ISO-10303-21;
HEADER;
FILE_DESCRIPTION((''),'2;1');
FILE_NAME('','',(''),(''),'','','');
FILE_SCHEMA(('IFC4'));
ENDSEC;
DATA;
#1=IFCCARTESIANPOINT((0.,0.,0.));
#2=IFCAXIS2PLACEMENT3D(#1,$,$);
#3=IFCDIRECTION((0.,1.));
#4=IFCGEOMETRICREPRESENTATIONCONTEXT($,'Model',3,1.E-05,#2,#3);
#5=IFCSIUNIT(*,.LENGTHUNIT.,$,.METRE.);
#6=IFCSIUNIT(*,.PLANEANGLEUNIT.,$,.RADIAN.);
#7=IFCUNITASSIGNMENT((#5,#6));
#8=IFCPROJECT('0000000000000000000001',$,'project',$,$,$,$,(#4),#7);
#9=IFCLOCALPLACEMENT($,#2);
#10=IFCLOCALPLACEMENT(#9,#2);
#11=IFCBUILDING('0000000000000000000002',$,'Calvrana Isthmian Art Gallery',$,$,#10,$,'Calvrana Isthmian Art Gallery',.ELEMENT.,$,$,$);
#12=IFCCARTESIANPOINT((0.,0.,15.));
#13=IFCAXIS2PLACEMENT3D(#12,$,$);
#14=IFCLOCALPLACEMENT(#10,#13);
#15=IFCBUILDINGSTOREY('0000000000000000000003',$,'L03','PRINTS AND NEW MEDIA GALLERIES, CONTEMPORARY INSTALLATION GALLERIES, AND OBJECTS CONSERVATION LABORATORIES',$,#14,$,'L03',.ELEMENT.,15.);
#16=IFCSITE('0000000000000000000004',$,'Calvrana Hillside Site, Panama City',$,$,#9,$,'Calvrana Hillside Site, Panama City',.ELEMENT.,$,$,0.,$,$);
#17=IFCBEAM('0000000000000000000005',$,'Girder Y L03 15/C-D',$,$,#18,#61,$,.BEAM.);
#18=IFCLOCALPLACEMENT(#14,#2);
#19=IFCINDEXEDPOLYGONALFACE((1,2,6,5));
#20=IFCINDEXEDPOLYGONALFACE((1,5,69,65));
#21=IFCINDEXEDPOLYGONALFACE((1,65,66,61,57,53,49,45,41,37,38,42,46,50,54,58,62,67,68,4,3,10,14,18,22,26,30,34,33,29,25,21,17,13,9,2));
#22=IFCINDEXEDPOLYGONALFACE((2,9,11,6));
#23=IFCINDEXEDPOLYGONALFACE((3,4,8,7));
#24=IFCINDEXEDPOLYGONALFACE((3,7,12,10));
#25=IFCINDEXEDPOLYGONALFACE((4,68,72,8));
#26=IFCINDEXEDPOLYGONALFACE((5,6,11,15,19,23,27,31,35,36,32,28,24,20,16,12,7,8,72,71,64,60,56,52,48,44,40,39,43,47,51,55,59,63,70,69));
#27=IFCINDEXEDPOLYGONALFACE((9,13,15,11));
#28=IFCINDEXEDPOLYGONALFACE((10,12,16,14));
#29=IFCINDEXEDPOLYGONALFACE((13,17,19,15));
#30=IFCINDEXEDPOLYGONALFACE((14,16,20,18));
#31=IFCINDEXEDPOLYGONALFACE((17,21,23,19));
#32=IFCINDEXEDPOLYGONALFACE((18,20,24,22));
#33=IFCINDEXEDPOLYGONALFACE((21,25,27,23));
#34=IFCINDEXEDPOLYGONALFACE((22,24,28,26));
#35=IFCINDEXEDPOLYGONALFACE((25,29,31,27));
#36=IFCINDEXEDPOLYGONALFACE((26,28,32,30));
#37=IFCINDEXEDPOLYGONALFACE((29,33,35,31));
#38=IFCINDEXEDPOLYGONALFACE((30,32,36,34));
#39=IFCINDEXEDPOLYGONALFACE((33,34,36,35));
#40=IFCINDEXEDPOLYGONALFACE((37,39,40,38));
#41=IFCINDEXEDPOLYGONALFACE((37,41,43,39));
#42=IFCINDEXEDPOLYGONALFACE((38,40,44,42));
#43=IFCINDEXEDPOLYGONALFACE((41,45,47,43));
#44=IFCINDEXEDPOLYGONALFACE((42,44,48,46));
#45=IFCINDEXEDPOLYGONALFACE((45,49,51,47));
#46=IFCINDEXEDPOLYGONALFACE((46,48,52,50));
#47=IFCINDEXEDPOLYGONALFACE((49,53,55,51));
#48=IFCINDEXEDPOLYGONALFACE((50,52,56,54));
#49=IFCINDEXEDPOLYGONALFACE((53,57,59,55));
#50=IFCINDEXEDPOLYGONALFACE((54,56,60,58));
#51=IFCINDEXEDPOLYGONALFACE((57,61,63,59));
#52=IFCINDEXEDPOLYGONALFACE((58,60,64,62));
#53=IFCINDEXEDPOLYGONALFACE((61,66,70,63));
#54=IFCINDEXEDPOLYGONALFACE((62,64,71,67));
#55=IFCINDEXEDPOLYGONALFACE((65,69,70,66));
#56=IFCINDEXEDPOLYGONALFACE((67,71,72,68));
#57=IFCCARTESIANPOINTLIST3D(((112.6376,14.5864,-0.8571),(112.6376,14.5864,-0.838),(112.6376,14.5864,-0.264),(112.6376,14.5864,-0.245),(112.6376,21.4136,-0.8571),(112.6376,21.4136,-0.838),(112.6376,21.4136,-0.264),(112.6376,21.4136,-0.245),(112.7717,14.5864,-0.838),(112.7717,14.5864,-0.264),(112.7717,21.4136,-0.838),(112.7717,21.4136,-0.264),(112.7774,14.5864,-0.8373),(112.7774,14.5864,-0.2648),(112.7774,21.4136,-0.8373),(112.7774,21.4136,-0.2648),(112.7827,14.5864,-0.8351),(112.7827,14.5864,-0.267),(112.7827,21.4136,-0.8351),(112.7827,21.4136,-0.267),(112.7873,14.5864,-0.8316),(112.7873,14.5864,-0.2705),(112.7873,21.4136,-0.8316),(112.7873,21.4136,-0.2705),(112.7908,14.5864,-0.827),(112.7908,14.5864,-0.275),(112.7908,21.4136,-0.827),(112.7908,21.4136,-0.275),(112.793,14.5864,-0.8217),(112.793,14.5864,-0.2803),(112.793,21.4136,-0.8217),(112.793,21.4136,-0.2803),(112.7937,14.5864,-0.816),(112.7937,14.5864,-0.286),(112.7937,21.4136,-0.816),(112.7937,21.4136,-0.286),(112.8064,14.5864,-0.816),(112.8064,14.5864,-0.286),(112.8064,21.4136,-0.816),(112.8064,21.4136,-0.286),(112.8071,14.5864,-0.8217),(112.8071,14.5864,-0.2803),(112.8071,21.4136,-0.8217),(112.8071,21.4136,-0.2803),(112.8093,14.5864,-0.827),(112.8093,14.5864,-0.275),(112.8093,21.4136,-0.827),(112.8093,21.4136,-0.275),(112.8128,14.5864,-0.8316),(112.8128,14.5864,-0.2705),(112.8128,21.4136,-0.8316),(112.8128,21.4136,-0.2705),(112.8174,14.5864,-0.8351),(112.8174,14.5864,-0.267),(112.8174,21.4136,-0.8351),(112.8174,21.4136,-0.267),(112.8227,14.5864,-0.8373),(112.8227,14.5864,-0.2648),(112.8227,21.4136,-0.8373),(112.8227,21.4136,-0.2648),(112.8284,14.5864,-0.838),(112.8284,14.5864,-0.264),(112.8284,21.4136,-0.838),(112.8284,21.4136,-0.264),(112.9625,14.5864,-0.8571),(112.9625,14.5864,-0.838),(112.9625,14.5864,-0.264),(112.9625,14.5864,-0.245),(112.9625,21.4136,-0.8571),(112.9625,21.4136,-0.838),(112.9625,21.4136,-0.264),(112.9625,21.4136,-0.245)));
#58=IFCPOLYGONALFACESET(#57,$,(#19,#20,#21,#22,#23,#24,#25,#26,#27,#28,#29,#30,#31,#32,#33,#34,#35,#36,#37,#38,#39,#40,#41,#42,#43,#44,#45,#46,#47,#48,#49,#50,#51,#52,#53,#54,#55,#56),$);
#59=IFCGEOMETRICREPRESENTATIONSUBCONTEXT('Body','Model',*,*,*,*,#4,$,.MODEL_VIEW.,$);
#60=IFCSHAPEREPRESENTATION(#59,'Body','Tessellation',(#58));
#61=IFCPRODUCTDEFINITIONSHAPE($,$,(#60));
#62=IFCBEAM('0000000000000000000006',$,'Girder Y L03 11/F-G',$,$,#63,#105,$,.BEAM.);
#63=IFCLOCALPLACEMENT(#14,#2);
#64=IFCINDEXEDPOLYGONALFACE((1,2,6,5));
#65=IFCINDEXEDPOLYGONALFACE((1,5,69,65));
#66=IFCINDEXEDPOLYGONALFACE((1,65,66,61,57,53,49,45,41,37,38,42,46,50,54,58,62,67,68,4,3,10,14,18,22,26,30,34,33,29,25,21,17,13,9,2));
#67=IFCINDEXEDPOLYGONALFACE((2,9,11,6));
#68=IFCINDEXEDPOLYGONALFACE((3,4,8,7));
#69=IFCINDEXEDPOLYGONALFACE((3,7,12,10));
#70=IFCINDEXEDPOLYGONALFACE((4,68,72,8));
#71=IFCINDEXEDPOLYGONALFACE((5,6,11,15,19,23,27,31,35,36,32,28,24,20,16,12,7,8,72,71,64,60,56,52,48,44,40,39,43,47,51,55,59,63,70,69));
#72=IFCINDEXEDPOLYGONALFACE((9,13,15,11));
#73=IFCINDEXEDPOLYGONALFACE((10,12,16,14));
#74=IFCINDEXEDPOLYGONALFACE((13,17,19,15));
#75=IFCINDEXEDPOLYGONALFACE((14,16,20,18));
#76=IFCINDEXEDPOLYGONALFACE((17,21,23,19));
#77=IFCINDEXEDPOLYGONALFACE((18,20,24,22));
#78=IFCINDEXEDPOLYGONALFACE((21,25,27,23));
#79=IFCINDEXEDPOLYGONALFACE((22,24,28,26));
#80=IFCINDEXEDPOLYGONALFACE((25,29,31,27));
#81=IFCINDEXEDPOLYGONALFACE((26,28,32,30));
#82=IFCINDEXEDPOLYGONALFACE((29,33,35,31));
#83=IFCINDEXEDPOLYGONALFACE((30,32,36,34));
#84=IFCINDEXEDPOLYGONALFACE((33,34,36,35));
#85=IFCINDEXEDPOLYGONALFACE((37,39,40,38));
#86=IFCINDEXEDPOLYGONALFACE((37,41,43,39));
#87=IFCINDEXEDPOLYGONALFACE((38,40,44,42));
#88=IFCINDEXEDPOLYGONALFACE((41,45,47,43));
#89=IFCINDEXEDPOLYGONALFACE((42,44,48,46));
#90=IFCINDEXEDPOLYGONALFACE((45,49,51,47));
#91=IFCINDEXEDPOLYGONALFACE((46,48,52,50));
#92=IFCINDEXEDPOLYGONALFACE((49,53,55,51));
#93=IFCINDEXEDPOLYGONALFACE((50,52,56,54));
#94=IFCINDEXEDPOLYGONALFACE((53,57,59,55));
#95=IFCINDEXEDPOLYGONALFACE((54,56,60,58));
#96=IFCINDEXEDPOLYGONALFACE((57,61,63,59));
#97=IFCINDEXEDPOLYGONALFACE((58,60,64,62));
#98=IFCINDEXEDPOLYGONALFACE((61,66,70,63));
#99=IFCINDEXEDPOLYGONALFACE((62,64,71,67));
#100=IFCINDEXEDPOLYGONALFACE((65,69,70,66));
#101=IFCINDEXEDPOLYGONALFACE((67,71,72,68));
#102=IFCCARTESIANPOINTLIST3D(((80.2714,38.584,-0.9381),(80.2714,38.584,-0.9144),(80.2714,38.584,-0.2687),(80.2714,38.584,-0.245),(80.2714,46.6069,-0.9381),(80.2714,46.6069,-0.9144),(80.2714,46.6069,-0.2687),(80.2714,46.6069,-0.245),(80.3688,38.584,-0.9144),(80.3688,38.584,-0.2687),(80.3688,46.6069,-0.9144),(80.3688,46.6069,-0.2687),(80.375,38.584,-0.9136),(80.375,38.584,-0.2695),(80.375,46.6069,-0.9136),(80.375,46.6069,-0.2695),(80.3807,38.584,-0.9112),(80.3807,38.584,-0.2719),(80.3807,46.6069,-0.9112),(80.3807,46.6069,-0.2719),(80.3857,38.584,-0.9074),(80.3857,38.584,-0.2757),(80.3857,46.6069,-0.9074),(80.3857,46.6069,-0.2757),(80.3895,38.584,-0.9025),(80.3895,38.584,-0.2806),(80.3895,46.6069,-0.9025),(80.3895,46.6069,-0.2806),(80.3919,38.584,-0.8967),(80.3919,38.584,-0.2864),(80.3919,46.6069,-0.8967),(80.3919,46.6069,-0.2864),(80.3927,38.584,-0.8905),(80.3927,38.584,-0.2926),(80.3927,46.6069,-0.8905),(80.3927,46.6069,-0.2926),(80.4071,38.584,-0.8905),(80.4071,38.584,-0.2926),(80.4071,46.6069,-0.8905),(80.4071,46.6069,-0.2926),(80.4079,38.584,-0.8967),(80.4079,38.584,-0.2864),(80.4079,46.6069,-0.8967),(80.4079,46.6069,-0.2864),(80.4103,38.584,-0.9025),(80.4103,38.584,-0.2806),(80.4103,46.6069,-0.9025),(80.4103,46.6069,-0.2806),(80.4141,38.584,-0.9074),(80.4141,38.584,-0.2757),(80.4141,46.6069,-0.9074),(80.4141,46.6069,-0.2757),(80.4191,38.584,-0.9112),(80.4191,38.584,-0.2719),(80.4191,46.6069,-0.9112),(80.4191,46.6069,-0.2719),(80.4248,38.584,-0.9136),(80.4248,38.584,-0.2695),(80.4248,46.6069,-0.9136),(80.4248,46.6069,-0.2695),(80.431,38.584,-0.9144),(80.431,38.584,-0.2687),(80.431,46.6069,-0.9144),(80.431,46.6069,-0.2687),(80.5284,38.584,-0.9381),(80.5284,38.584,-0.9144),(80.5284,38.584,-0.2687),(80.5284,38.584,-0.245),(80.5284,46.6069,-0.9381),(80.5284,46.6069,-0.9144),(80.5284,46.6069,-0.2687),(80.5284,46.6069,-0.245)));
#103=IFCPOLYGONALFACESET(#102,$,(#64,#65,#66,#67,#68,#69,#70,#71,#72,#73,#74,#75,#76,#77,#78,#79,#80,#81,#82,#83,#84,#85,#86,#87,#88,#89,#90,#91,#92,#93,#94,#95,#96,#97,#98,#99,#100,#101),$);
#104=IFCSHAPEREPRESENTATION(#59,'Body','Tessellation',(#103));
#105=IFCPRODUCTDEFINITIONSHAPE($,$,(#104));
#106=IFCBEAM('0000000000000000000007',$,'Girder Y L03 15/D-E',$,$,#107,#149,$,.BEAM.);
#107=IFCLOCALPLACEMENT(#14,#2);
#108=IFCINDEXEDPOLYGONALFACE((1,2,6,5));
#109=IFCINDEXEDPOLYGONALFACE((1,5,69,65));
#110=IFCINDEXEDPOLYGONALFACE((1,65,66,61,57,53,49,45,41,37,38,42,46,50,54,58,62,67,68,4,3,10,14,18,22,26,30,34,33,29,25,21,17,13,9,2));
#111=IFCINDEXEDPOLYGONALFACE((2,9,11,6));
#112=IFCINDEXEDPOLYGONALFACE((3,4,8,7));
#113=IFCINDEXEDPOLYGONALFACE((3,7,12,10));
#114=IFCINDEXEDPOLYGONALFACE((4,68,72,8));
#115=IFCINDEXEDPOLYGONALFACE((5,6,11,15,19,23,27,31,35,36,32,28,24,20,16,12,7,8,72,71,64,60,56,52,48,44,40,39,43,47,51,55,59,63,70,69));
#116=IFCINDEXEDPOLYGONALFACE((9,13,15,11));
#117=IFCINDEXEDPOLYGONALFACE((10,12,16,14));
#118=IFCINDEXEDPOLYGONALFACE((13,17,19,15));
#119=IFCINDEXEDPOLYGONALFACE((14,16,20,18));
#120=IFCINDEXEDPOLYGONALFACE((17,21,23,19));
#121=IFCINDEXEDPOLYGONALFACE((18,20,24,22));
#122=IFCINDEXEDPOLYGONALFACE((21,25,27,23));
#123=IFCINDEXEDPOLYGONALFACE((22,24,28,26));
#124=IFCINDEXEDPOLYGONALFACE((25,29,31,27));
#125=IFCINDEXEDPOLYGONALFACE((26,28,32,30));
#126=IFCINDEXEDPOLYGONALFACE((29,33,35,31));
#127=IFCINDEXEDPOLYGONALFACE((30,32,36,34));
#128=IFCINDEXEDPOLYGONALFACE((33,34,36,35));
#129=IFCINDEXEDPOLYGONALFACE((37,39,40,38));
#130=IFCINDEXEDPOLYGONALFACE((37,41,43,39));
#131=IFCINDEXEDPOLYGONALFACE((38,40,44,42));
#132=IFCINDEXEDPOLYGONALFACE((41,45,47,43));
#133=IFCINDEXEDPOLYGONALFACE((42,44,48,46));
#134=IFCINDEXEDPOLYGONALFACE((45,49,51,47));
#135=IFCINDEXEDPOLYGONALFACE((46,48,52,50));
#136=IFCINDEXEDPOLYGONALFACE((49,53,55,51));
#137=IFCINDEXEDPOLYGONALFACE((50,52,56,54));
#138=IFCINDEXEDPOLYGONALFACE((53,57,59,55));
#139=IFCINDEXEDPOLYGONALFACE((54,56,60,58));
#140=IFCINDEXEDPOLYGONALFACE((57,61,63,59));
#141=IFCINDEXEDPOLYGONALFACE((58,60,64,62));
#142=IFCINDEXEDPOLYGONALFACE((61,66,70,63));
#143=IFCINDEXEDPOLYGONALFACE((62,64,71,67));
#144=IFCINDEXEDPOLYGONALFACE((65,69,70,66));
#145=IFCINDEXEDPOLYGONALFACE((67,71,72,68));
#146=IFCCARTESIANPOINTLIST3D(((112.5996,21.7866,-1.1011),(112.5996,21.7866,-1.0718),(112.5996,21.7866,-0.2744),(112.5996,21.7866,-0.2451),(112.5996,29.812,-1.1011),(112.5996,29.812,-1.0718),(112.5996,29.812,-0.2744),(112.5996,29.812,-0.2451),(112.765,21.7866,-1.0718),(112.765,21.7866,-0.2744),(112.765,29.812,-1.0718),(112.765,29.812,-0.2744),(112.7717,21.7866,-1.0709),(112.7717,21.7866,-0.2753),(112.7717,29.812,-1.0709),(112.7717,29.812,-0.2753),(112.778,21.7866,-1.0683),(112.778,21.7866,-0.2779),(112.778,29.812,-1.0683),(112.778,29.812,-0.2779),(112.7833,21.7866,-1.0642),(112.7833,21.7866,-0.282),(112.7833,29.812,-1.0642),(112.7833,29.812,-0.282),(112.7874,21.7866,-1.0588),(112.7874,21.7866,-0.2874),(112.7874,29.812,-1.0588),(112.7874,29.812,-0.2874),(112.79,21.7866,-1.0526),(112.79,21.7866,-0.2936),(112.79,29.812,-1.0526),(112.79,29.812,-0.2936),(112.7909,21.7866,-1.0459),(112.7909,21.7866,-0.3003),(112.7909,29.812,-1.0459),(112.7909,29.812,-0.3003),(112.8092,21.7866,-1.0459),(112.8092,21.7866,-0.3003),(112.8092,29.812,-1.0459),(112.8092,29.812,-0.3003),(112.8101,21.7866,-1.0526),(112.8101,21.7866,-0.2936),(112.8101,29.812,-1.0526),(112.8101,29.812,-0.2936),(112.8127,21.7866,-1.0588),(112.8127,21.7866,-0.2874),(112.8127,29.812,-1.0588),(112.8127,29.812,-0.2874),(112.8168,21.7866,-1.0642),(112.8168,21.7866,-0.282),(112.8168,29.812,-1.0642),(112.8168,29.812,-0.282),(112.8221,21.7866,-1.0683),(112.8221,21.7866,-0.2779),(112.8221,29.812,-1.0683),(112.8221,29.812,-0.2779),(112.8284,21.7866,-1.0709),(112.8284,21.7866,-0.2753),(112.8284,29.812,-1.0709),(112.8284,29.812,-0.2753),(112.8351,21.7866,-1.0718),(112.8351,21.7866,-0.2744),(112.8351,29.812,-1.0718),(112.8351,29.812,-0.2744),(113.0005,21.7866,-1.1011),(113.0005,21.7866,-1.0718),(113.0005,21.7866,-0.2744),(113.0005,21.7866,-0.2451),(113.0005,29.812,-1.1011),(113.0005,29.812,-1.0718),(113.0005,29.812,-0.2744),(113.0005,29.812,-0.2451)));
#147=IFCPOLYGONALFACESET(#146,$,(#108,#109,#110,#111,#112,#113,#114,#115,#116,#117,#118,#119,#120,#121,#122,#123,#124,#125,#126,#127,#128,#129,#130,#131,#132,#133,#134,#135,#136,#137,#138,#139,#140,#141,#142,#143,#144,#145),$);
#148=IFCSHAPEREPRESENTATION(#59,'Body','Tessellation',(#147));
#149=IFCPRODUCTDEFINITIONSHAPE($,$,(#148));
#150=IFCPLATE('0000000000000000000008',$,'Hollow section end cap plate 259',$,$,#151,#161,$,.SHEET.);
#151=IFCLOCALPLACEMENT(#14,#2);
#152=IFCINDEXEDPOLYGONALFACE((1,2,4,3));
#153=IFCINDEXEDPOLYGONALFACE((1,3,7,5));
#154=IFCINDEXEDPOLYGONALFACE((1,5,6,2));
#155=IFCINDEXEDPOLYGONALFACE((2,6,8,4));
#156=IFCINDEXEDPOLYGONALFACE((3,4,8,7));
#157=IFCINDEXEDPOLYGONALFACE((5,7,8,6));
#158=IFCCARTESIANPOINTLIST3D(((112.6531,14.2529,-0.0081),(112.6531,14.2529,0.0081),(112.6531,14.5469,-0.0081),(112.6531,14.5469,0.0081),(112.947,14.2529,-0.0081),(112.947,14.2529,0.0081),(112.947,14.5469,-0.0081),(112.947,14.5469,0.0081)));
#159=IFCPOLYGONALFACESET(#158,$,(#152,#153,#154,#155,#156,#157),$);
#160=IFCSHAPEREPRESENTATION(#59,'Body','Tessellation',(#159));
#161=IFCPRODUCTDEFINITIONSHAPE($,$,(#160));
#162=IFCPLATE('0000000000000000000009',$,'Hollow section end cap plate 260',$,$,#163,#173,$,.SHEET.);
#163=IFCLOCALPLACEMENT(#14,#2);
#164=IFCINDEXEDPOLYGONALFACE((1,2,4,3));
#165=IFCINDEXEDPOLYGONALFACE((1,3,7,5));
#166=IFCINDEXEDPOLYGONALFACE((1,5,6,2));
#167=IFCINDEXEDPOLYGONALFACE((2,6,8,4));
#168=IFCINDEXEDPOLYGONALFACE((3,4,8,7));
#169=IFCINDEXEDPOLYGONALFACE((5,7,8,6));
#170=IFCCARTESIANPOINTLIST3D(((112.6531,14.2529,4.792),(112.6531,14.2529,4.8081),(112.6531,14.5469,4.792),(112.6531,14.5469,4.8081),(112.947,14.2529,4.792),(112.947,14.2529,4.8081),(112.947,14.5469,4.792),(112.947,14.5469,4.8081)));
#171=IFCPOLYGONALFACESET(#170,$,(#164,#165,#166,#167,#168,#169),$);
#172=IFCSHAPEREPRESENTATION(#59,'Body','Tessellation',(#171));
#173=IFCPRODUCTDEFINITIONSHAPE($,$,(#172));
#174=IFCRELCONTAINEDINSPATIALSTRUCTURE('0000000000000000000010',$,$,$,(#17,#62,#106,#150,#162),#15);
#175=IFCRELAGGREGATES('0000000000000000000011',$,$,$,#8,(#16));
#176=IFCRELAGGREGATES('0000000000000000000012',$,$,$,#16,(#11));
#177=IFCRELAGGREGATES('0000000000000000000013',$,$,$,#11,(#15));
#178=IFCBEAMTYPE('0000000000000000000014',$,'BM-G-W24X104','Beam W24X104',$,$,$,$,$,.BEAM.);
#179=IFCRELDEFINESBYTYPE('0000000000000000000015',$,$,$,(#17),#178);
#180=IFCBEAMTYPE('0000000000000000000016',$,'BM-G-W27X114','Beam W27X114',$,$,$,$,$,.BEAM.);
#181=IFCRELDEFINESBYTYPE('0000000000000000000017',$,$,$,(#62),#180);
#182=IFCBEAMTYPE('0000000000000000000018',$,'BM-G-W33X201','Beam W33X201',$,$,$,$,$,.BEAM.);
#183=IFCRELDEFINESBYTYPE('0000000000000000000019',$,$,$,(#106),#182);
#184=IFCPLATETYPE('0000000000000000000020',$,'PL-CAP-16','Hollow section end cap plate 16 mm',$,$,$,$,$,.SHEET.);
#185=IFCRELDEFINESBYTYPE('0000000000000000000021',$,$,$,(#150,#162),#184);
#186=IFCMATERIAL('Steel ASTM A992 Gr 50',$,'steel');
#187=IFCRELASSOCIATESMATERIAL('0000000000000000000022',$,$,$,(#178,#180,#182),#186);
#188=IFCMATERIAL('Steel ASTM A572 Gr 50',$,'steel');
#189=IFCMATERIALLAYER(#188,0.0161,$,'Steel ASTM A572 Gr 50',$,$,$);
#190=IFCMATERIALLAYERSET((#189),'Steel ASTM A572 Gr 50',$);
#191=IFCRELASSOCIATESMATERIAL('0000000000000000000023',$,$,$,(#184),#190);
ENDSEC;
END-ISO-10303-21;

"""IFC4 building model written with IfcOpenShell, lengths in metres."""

from ifc_helpers import new_model, si_unit, direction, frame, origin, origin_2d, place, context, subcontext, project, spatial, rectangle, i_section, extrude, material, layer, layer_set, material_profile, profile_set, type_object, element, save


model = new_model("IFC4")

# Units and contexts
model_context = context("Model", 3, precision=1e-05, world=origin(), true_north=direction((0.0, 1.0)))
body_context = subcontext(model_context, "Body", "Model", "MODEL_VIEW")
ifc_project = project(units=[si_unit("LENGTHUNIT", "METRE"), si_unit("PLANEANGLEUNIT", "RADIAN")], contexts=[model_context])

# Site, building, storey
site_placement = place(None, origin())
site = spatial("IfcSite", under=ifc_project, at=site_placement, Name="Calvrana Hillside Site, Panama City", LongName="Calvrana Hillside Site, Panama City", CompositionType="ELEMENT", RefElevation=0.0)
building_placement = place(site_placement, origin())
building = spatial("IfcBuilding", under=site, at=building_placement, Name="Calvrana Isthmian Art Gallery", LongName="Calvrana Isthmian Art Gallery", CompositionType="ELEMENT")
storey_placement = place(building_placement, frame((0.0, 0.0, 15.0)))
storey = spatial("IfcBuildingStorey", under=building, at=storey_placement, Name="L03", Description="PRINTS AND NEW MEDIA GALLERIES, CONTEMPORARY INSTALLATION GALLERIES, AND OBJECTS CONSERVATION LABORATORIES", LongName="L03", CompositionType="ELEMENT", Elevation=15.0)

# Shared definitions
ifc_material_1 = material(Name="Steel ASTM A992 Gr 50", Category="steel")

# Beams
ifc_material_profile_1 = material_profile(ifc_material_1, i_section(OverallWidth=0.325, OverallDepth=0.6121, WebThickness=0.0127, FlangeThickness=0.019, FilletRadius=0.022, at=origin_2d()), Name="W24X104")
ifc_profile_set_1 = profile_set([ifc_material_profile_1], Name="Steel ASTM A992 Gr 50")
beam_type_1 = type_object("IfcBeamType", Name="BM-G-W24X104", Description="Beam W24X104", PredefinedType="BEAM", material=ifc_profile_set_1)
beam_1_placement = place(storey_placement, frame((112.8, 14.5864, -0.551), z_axis=(0.0, 1.0, 0.0), x_axis=(-1.0, 0.0, 0.0)))
element("IfcBeam", 1, at=beam_1_placement, inside=storey, type_object=beam_type_1, Name="Girder Y L03 15/C-D", PredefinedType="BEAM", context=body_context, shape_type="SweptSolid", body=[
    extrude(i_section(OverallWidth=0.325, OverallDepth=0.6121, WebThickness=0.0127, FlangeThickness=0.019, FilletRadius=0.022, at=origin_2d()), origin(), (0.0, 0.0, 1.0), 6.8271),
])
ifc_material_profile_2 = material_profile(ifc_material_1, i_section(OverallWidth=0.2571, OverallDepth=0.6931, WebThickness=0.0144, FlangeThickness=0.0237, FilletRadius=0.0239, at=origin_2d()), Name="W27X114")
ifc_profile_set_2 = profile_set([ifc_material_profile_2], Name="Steel ASTM A992 Gr 50")
beam_type_2 = type_object("IfcBeamType", Name="BM-G-W27X114", Description="Beam W27X114", PredefinedType="BEAM", material=ifc_profile_set_2)
beam_2_placement = place(storey_placement, frame((80.3999, 38.584, -0.5916), z_axis=(0.0, 1.0, 0.0), x_axis=(-1.0, 0.0, 0.0)))
element("IfcBeam", 2, at=beam_2_placement, inside=storey, type_object=beam_type_2, Name="Girder Y L03 11/F-G", PredefinedType="BEAM", context=body_context, shape_type="SweptSolid", body=[
    extrude(i_section(OverallWidth=0.2571, OverallDepth=0.6931, WebThickness=0.0144, FlangeThickness=0.0237, FilletRadius=0.0239, at=origin_2d()), origin(), (0.0, 0.0, 1.0), 8.0229),
])
ifc_material_profile_3 = material_profile(ifc_material_1, i_section(OverallWidth=0.4009, OverallDepth=0.856, WebThickness=0.0183, FlangeThickness=0.0293, FilletRadius=0.0259, at=origin_2d()), Name="W33X201")
ifc_profile_set_3 = profile_set([ifc_material_profile_3], Name="Steel ASTM A992 Gr 50")
beam_type_3 = type_object("IfcBeamType", Name="BM-G-W33X201", Description="Beam W33X201", PredefinedType="BEAM", material=ifc_profile_set_3)
beam_3_placement = place(storey_placement, frame((112.8, 21.7866, -0.6731), z_axis=(0.0, 1.0, 0.0), x_axis=(-1.0, 0.0, 0.0)))
element("IfcBeam", 3, at=beam_3_placement, inside=storey, type_object=beam_type_3, Name="Girder Y L03 15/D-E", PredefinedType="BEAM", context=body_context, shape_type="SweptSolid", body=[
    extrude(i_section(OverallWidth=0.4009, OverallDepth=0.856, WebThickness=0.0183, FlangeThickness=0.0293, FilletRadius=0.0259, at=origin_2d()), origin(), (0.0, 0.0, 1.0), 8.0254),
])

# Plates
ifc_material_2 = material(Name="Steel ASTM A572 Gr 50", Category="steel")
ifc_layer_1 = layer(ifc_material_2, 0.0161, Name="Steel ASTM A572 Gr 50")
ifc_layer_set_1 = layer_set([ifc_layer_1], Name="Steel ASTM A572 Gr 50")
plate_type = type_object("IfcPlateType", Name="PL-CAP-16", Description="Hollow section end cap plate 16 mm", PredefinedType="SHEET", material=ifc_layer_set_1)
for number, where, z_axis, x_axis, name in (
    (4, (112.8, 14.3999, -0.0081), (0.0, 0.0, 1.0), (1.0, 0.0, 0.0), "Hollow section end cap plate 259"),
    (5, (112.8, 14.3999, 4.792), (0.0, 0.0, 1.0), (1.0, 0.0, 0.0), "Hollow section end cap plate 260"),
):
    element("IfcPlate", number, at=place(storey_placement, frame(where, z_axis=z_axis, x_axis=x_axis)), inside=storey, type_object=plate_type, Name=name, PredefinedType="SHEET", context=body_context, shape_type="SweptSolid", body=[
        extrude(rectangle(XDim=0.2939, YDim=0.2939, at=origin_2d()), origin(), (0.0, 0.0, 1.0), 0.0161),
    ])

save(model, "model.ifc")
